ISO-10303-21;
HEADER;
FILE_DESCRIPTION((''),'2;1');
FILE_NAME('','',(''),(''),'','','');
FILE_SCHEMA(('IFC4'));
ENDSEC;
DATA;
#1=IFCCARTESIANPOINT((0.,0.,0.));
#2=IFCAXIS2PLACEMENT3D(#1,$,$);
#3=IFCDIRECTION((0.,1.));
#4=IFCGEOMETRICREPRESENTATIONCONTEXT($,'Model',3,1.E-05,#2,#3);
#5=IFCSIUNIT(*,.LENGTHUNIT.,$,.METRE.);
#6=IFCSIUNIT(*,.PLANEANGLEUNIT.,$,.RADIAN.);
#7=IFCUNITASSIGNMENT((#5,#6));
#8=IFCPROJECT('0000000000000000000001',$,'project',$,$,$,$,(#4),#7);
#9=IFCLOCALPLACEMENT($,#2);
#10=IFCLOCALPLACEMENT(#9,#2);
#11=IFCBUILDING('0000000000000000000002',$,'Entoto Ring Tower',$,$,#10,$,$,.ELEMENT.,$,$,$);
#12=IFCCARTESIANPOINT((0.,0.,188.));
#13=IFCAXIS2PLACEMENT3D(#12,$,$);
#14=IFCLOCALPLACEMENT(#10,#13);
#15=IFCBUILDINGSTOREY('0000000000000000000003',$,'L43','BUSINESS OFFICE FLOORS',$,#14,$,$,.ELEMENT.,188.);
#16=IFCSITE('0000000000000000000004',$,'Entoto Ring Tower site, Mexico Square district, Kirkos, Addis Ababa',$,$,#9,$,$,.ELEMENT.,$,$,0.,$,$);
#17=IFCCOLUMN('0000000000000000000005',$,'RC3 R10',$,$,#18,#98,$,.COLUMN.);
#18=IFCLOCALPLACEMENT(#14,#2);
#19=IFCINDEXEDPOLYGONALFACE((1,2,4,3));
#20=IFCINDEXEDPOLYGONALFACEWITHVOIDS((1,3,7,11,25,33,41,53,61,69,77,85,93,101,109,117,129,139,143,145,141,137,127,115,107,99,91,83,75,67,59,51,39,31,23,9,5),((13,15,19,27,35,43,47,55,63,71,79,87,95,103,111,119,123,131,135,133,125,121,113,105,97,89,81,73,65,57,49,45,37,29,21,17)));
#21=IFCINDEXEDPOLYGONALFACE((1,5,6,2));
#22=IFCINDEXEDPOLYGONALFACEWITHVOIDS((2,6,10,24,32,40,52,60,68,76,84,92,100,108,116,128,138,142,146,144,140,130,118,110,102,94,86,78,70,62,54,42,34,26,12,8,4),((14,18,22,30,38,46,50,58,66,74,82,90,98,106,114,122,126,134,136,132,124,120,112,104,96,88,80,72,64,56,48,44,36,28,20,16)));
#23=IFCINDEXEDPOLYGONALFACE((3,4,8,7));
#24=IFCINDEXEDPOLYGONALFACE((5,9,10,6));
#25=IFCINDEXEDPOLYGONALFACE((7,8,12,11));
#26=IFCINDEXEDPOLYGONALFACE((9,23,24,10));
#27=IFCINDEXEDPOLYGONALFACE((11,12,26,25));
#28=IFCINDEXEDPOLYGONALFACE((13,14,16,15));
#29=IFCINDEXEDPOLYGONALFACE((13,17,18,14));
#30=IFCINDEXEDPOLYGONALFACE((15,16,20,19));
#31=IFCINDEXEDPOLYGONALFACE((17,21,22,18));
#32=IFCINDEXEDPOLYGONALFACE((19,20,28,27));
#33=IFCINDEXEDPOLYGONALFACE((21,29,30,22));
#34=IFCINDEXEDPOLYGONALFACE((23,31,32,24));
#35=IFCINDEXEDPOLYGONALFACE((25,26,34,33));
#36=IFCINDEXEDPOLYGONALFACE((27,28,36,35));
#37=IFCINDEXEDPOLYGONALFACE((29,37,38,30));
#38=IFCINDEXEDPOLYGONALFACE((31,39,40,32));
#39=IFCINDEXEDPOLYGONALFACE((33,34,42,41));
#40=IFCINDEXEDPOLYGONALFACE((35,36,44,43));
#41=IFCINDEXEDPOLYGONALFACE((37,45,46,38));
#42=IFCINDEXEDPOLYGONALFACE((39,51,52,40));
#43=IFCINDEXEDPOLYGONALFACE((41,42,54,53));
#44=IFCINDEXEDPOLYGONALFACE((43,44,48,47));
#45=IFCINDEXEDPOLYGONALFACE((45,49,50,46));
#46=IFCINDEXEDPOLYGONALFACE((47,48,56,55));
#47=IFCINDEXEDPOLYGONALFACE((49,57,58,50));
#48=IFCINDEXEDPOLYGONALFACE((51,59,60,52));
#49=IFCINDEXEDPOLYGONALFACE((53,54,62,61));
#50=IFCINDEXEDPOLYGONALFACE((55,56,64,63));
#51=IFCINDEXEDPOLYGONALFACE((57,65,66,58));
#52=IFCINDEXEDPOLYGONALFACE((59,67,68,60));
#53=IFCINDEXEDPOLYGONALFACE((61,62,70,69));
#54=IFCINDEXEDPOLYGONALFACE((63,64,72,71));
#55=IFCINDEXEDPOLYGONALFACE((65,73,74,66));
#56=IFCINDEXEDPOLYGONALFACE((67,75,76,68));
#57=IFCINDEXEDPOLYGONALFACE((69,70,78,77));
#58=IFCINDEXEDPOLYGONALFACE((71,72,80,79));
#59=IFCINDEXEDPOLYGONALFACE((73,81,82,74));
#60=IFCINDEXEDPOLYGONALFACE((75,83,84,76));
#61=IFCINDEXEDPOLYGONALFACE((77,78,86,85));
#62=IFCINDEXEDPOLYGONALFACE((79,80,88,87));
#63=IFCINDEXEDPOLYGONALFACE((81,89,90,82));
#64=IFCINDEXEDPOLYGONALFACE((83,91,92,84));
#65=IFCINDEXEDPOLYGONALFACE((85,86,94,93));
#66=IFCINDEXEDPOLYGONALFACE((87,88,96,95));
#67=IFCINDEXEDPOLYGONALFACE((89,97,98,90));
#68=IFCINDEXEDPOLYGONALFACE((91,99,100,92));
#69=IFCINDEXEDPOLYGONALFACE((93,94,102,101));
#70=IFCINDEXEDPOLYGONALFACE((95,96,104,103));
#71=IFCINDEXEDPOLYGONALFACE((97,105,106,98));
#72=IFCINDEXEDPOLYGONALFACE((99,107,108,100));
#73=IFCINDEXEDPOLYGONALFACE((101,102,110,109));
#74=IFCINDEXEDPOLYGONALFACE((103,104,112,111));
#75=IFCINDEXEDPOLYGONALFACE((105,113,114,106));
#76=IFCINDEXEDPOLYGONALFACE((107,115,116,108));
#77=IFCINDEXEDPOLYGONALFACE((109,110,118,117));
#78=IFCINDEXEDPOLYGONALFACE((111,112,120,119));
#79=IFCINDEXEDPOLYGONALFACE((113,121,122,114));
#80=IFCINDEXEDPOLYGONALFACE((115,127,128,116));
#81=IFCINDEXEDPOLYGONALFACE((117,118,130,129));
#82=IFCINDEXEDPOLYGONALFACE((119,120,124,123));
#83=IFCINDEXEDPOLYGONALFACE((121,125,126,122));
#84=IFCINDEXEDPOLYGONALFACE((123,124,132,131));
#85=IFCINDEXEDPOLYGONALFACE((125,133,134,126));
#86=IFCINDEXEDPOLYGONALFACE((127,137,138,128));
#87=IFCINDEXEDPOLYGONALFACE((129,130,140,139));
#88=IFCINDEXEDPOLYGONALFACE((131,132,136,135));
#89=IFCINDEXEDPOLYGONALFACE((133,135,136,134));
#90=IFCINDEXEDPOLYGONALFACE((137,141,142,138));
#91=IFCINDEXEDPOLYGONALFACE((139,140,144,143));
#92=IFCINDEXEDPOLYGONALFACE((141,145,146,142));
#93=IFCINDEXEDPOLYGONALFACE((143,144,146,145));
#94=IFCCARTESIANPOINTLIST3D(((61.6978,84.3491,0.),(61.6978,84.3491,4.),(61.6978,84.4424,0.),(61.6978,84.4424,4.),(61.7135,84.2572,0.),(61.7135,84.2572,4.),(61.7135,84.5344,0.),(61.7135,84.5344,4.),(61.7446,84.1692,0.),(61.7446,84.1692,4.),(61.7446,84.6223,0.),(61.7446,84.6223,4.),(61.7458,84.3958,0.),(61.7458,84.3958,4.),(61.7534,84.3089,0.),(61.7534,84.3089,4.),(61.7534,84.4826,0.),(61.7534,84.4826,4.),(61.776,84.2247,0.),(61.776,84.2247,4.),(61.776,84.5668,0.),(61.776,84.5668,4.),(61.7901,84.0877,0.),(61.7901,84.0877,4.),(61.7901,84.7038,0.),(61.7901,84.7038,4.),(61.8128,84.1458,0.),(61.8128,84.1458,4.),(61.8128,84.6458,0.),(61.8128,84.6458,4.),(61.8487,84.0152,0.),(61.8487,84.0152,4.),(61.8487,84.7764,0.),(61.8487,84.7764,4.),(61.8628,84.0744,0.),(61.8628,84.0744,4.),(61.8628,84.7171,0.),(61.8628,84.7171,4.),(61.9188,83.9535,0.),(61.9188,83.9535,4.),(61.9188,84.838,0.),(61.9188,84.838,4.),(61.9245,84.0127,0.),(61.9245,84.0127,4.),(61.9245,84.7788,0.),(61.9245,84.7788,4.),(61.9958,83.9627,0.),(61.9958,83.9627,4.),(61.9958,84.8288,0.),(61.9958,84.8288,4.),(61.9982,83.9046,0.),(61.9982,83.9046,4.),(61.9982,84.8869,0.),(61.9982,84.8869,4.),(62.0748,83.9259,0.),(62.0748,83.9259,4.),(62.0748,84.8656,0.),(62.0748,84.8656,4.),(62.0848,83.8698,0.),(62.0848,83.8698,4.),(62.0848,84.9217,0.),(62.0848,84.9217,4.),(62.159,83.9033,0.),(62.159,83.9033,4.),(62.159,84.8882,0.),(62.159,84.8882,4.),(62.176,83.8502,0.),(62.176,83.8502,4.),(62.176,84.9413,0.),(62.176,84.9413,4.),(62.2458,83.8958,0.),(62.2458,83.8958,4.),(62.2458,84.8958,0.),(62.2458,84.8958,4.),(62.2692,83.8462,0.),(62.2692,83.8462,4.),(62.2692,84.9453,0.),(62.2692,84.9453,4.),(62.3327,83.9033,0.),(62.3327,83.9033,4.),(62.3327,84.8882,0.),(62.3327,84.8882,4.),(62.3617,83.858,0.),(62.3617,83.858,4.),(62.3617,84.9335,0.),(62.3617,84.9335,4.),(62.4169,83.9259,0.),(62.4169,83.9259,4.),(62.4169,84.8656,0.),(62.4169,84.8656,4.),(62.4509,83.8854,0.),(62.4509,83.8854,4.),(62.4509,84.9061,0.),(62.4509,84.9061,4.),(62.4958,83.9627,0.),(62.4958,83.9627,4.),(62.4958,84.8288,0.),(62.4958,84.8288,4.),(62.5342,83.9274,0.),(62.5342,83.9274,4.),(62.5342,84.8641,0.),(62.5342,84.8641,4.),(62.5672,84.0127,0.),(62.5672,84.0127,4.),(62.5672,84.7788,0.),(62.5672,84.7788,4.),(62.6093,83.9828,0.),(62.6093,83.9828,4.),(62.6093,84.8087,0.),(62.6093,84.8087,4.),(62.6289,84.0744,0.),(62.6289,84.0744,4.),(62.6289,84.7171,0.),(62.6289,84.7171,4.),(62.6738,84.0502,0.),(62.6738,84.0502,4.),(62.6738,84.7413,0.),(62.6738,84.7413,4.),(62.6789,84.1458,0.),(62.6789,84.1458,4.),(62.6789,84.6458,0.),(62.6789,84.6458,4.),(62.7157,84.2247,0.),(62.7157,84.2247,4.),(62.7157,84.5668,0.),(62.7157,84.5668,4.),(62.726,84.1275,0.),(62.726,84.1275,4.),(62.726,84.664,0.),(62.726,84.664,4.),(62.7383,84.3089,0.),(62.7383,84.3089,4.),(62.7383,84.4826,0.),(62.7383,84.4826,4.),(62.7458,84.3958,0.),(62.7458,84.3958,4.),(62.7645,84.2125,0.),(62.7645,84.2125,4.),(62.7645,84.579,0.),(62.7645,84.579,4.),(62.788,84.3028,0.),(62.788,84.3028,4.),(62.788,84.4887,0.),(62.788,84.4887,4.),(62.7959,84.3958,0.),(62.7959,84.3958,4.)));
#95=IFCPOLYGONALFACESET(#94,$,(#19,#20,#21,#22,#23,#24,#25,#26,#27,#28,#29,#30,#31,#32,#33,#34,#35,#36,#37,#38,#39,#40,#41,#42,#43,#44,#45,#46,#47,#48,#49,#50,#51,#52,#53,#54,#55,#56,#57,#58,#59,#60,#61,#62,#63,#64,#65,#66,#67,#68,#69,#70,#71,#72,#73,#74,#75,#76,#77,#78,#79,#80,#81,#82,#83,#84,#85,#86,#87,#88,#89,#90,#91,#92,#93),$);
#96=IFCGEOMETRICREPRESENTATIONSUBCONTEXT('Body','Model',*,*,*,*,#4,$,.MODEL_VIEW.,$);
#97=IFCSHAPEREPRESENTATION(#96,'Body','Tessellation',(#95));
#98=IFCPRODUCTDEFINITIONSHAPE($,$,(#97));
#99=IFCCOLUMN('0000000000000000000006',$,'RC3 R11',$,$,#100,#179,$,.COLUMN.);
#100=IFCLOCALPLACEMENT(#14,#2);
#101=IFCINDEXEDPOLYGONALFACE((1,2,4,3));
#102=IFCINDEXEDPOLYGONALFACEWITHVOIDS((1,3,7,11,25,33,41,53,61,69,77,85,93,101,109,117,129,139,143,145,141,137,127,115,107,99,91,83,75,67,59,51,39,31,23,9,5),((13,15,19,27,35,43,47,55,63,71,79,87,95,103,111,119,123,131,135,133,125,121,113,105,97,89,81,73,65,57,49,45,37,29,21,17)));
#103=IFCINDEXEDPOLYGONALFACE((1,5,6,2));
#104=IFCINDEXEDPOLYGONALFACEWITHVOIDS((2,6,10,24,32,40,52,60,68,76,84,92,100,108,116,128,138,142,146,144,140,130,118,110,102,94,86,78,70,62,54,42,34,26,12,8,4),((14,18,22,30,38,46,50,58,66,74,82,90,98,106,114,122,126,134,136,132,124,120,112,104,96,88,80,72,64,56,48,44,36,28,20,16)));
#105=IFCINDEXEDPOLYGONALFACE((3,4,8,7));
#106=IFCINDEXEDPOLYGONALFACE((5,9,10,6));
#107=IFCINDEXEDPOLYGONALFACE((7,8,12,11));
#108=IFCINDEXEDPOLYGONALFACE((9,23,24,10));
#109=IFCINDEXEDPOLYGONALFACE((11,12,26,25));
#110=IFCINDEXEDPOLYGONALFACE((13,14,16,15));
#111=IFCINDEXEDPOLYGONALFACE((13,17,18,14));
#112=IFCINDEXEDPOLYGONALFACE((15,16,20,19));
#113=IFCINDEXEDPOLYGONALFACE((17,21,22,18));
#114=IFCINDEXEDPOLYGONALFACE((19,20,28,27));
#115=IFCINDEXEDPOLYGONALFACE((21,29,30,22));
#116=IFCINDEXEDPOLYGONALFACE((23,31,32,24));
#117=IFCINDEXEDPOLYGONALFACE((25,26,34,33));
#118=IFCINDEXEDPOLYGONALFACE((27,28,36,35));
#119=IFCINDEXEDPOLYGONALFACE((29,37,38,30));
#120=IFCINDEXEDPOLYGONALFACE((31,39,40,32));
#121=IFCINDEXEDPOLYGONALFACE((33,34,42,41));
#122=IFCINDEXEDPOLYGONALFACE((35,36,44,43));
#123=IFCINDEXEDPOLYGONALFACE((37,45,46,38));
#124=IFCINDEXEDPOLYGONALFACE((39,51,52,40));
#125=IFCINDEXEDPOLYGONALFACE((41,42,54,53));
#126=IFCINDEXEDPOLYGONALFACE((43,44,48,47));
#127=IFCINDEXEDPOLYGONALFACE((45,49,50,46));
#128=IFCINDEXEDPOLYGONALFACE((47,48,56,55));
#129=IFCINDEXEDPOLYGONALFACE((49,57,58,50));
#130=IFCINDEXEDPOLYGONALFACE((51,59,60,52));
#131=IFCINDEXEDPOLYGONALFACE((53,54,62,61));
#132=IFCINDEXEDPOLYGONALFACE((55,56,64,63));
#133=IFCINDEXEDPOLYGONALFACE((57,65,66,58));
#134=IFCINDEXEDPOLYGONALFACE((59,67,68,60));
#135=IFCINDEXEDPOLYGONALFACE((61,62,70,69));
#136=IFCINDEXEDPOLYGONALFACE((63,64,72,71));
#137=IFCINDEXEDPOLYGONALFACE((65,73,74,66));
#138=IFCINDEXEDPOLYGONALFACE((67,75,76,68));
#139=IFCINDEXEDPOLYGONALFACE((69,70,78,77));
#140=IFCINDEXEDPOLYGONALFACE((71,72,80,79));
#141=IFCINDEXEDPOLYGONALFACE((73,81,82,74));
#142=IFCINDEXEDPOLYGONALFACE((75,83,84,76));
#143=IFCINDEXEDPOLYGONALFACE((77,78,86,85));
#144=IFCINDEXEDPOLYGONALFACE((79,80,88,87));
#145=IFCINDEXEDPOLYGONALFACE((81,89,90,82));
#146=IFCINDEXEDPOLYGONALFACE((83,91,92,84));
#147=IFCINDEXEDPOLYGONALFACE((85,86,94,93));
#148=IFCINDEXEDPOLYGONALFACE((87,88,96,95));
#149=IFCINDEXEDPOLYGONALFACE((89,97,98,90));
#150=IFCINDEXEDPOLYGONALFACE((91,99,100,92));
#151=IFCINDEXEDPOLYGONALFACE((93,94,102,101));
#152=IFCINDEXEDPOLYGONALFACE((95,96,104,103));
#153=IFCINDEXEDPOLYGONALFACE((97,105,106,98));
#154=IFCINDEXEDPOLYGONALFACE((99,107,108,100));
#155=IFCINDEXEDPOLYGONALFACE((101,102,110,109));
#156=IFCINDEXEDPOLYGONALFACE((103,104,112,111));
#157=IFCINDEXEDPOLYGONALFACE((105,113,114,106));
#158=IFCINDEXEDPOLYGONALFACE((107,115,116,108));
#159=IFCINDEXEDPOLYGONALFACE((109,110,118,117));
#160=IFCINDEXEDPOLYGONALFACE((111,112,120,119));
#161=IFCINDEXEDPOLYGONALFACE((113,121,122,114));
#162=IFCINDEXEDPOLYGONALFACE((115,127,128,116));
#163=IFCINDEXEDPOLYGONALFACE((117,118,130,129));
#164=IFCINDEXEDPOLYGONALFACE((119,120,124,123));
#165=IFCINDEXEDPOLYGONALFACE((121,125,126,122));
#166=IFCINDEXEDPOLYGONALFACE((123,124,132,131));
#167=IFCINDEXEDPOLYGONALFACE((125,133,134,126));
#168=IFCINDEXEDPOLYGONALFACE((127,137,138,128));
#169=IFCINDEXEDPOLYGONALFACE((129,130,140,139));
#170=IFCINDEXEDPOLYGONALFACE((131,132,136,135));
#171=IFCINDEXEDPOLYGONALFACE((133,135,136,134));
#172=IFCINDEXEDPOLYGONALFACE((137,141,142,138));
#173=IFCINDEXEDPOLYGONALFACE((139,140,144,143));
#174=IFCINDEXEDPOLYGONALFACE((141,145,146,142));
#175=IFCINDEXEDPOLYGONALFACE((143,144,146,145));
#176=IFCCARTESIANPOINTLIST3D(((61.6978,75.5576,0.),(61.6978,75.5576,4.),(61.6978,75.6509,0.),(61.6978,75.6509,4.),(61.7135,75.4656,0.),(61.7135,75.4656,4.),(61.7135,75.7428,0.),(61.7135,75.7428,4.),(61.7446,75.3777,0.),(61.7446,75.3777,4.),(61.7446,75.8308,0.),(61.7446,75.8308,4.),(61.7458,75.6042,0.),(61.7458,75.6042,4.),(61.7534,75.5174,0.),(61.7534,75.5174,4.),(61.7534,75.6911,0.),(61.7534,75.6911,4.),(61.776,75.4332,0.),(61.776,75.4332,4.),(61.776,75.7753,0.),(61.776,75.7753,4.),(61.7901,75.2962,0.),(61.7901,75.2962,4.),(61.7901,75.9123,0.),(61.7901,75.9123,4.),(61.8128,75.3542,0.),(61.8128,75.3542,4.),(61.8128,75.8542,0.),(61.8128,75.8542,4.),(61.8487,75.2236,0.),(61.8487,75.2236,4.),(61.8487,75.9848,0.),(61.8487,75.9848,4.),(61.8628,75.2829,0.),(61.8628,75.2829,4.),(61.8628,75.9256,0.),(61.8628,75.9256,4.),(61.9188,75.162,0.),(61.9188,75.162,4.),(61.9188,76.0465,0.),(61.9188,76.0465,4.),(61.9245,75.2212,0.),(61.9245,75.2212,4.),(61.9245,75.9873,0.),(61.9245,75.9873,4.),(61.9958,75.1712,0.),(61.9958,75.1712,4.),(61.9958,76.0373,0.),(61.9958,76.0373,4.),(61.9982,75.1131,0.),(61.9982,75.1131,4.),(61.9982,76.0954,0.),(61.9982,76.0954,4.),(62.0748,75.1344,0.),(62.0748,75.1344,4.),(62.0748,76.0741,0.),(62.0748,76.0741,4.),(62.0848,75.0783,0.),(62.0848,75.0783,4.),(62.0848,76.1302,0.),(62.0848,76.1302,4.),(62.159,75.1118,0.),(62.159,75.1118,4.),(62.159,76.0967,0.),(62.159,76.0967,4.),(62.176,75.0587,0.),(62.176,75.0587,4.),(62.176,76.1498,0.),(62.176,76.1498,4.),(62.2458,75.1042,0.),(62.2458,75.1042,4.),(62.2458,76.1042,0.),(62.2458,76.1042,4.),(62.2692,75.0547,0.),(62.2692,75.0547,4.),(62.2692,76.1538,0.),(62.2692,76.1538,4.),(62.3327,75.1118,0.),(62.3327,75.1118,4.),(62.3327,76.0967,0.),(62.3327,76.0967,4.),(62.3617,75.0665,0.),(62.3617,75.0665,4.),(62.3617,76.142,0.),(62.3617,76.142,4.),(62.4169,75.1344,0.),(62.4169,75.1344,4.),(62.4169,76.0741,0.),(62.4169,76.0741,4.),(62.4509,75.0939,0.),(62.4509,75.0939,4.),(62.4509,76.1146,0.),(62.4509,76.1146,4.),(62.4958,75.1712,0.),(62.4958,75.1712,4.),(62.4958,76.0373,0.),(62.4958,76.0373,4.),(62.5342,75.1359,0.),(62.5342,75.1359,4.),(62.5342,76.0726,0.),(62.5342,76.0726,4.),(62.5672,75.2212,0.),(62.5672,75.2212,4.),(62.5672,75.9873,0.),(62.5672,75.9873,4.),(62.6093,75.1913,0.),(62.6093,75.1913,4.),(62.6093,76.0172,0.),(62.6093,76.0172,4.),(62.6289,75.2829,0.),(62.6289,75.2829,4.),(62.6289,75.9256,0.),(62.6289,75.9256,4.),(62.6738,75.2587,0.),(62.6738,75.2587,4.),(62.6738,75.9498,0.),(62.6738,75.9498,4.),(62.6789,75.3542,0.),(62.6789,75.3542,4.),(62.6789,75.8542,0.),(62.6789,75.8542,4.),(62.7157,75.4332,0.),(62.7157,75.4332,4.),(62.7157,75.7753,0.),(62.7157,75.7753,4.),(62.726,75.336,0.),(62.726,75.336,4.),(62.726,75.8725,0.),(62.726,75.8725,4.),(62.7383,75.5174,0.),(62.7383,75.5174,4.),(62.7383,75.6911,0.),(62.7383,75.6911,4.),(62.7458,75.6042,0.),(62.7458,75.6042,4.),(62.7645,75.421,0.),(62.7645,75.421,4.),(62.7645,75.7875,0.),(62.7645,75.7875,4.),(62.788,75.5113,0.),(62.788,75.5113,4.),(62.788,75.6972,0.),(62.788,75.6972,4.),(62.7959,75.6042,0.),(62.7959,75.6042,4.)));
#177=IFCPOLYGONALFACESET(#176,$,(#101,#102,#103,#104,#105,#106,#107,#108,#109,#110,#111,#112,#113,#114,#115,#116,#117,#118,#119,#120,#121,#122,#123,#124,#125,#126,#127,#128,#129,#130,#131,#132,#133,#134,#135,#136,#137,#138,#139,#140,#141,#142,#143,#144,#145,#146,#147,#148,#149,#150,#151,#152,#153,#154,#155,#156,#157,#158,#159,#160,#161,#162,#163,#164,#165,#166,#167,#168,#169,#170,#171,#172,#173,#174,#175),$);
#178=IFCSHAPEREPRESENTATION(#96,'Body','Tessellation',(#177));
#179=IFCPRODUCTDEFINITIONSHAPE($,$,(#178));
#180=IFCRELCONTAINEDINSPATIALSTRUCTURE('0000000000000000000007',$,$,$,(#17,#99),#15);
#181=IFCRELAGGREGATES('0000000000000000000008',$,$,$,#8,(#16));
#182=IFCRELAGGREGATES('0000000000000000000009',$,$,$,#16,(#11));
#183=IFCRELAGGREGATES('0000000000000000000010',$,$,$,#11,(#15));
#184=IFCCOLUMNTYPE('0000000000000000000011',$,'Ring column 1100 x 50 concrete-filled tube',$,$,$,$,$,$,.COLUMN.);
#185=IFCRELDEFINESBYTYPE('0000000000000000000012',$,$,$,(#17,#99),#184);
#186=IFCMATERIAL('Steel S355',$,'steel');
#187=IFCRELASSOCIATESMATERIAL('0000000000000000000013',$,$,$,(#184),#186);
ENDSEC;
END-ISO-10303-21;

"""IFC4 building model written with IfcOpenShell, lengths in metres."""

from ifc_helpers import new_model, si_unit, direction, frame, origin, origin_2d, place, context, subcontext, project, spatial, circle, hollow_circle, extrude, material, material_profile, profile_set, type_object, element, save


model = new_model("IFC4")

# Units and contexts
model_context = context("Model", 3, precision=1e-05, world=origin(), true_north=direction((0.0, 1.0)))
body_context = subcontext(model_context, "Body", "Model", "MODEL_VIEW")
ifc_project = project(units=[si_unit("LENGTHUNIT", "METRE"), si_unit("PLANEANGLEUNIT", "RADIAN")], contexts=[model_context])

# Site, building, storey
site_placement = place(None, origin())
site = spatial("IfcSite", under=ifc_project, at=site_placement, Name="Entoto Ring Tower site, Mexico Square district, Kirkos, Addis Ababa", CompositionType="ELEMENT", RefElevation=0.0)
building_placement = place(site_placement, origin())
building = spatial("IfcBuilding", under=site, at=building_placement, Name="Entoto Ring Tower", CompositionType="ELEMENT")
storey_placement = place(building_placement, frame((0.0, 0.0, 188.0)))
storey = spatial("IfcBuildingStorey", under=building, at=storey_placement, Name="L43", Description="BUSINESS OFFICE FLOORS", CompositionType="ELEMENT", Elevation=188.0)

# Columns
ifc_material_1 = material(Name="Steel S355", Category="steel")
ifc_material_profile_1 = material_profile(ifc_material_1, hollow_circle(Radius=0.55, WallThickness=0.05, at=origin_2d()), Name="CHS 1100 x 50")
ifc_material_2 = material(Name="Concrete C60/75", Category="concrete")
ifc_material_profile_2 = material_profile(ifc_material_2, circle(Radius=0.5, at=origin_2d()), Name="Concrete C60/75 infill")
ifc_profile_set_1 = profile_set([ifc_material_profile_1, ifc_material_profile_2], Name="Steel S355")
column_type = type_object("IfcColumnType", Name="Ring column 1100 x 50 concrete-filled tube", PredefinedType="COLUMN", material=ifc_profile_set_1)
for number, where, z_axis, x_axis, name in (
    (1, (62.2458, 84.3958, 0.0), (0.0, 0.0, 1.0), (1.0, 0.0, 0.0), "RC3 R10"),
    (2, (62.2458, 75.6042, 0.0), (0.0, 0.0, 1.0), (1.0, 0.0, 0.0), "RC3 R11"),
):
    element("IfcColumn", number, at=place(storey_placement, frame(where, z_axis=z_axis, x_axis=x_axis)), inside=storey, type_object=column_type, Name=name, PredefinedType="COLUMN", context=body_context, shape_type="SweptSolid", body=[
        extrude(hollow_circle(Radius=0.55, WallThickness=0.05, at=origin_2d()), origin(), (0.0, 0.0, 1.0), 4.0),
    ])

save(model, "model.ifc")
